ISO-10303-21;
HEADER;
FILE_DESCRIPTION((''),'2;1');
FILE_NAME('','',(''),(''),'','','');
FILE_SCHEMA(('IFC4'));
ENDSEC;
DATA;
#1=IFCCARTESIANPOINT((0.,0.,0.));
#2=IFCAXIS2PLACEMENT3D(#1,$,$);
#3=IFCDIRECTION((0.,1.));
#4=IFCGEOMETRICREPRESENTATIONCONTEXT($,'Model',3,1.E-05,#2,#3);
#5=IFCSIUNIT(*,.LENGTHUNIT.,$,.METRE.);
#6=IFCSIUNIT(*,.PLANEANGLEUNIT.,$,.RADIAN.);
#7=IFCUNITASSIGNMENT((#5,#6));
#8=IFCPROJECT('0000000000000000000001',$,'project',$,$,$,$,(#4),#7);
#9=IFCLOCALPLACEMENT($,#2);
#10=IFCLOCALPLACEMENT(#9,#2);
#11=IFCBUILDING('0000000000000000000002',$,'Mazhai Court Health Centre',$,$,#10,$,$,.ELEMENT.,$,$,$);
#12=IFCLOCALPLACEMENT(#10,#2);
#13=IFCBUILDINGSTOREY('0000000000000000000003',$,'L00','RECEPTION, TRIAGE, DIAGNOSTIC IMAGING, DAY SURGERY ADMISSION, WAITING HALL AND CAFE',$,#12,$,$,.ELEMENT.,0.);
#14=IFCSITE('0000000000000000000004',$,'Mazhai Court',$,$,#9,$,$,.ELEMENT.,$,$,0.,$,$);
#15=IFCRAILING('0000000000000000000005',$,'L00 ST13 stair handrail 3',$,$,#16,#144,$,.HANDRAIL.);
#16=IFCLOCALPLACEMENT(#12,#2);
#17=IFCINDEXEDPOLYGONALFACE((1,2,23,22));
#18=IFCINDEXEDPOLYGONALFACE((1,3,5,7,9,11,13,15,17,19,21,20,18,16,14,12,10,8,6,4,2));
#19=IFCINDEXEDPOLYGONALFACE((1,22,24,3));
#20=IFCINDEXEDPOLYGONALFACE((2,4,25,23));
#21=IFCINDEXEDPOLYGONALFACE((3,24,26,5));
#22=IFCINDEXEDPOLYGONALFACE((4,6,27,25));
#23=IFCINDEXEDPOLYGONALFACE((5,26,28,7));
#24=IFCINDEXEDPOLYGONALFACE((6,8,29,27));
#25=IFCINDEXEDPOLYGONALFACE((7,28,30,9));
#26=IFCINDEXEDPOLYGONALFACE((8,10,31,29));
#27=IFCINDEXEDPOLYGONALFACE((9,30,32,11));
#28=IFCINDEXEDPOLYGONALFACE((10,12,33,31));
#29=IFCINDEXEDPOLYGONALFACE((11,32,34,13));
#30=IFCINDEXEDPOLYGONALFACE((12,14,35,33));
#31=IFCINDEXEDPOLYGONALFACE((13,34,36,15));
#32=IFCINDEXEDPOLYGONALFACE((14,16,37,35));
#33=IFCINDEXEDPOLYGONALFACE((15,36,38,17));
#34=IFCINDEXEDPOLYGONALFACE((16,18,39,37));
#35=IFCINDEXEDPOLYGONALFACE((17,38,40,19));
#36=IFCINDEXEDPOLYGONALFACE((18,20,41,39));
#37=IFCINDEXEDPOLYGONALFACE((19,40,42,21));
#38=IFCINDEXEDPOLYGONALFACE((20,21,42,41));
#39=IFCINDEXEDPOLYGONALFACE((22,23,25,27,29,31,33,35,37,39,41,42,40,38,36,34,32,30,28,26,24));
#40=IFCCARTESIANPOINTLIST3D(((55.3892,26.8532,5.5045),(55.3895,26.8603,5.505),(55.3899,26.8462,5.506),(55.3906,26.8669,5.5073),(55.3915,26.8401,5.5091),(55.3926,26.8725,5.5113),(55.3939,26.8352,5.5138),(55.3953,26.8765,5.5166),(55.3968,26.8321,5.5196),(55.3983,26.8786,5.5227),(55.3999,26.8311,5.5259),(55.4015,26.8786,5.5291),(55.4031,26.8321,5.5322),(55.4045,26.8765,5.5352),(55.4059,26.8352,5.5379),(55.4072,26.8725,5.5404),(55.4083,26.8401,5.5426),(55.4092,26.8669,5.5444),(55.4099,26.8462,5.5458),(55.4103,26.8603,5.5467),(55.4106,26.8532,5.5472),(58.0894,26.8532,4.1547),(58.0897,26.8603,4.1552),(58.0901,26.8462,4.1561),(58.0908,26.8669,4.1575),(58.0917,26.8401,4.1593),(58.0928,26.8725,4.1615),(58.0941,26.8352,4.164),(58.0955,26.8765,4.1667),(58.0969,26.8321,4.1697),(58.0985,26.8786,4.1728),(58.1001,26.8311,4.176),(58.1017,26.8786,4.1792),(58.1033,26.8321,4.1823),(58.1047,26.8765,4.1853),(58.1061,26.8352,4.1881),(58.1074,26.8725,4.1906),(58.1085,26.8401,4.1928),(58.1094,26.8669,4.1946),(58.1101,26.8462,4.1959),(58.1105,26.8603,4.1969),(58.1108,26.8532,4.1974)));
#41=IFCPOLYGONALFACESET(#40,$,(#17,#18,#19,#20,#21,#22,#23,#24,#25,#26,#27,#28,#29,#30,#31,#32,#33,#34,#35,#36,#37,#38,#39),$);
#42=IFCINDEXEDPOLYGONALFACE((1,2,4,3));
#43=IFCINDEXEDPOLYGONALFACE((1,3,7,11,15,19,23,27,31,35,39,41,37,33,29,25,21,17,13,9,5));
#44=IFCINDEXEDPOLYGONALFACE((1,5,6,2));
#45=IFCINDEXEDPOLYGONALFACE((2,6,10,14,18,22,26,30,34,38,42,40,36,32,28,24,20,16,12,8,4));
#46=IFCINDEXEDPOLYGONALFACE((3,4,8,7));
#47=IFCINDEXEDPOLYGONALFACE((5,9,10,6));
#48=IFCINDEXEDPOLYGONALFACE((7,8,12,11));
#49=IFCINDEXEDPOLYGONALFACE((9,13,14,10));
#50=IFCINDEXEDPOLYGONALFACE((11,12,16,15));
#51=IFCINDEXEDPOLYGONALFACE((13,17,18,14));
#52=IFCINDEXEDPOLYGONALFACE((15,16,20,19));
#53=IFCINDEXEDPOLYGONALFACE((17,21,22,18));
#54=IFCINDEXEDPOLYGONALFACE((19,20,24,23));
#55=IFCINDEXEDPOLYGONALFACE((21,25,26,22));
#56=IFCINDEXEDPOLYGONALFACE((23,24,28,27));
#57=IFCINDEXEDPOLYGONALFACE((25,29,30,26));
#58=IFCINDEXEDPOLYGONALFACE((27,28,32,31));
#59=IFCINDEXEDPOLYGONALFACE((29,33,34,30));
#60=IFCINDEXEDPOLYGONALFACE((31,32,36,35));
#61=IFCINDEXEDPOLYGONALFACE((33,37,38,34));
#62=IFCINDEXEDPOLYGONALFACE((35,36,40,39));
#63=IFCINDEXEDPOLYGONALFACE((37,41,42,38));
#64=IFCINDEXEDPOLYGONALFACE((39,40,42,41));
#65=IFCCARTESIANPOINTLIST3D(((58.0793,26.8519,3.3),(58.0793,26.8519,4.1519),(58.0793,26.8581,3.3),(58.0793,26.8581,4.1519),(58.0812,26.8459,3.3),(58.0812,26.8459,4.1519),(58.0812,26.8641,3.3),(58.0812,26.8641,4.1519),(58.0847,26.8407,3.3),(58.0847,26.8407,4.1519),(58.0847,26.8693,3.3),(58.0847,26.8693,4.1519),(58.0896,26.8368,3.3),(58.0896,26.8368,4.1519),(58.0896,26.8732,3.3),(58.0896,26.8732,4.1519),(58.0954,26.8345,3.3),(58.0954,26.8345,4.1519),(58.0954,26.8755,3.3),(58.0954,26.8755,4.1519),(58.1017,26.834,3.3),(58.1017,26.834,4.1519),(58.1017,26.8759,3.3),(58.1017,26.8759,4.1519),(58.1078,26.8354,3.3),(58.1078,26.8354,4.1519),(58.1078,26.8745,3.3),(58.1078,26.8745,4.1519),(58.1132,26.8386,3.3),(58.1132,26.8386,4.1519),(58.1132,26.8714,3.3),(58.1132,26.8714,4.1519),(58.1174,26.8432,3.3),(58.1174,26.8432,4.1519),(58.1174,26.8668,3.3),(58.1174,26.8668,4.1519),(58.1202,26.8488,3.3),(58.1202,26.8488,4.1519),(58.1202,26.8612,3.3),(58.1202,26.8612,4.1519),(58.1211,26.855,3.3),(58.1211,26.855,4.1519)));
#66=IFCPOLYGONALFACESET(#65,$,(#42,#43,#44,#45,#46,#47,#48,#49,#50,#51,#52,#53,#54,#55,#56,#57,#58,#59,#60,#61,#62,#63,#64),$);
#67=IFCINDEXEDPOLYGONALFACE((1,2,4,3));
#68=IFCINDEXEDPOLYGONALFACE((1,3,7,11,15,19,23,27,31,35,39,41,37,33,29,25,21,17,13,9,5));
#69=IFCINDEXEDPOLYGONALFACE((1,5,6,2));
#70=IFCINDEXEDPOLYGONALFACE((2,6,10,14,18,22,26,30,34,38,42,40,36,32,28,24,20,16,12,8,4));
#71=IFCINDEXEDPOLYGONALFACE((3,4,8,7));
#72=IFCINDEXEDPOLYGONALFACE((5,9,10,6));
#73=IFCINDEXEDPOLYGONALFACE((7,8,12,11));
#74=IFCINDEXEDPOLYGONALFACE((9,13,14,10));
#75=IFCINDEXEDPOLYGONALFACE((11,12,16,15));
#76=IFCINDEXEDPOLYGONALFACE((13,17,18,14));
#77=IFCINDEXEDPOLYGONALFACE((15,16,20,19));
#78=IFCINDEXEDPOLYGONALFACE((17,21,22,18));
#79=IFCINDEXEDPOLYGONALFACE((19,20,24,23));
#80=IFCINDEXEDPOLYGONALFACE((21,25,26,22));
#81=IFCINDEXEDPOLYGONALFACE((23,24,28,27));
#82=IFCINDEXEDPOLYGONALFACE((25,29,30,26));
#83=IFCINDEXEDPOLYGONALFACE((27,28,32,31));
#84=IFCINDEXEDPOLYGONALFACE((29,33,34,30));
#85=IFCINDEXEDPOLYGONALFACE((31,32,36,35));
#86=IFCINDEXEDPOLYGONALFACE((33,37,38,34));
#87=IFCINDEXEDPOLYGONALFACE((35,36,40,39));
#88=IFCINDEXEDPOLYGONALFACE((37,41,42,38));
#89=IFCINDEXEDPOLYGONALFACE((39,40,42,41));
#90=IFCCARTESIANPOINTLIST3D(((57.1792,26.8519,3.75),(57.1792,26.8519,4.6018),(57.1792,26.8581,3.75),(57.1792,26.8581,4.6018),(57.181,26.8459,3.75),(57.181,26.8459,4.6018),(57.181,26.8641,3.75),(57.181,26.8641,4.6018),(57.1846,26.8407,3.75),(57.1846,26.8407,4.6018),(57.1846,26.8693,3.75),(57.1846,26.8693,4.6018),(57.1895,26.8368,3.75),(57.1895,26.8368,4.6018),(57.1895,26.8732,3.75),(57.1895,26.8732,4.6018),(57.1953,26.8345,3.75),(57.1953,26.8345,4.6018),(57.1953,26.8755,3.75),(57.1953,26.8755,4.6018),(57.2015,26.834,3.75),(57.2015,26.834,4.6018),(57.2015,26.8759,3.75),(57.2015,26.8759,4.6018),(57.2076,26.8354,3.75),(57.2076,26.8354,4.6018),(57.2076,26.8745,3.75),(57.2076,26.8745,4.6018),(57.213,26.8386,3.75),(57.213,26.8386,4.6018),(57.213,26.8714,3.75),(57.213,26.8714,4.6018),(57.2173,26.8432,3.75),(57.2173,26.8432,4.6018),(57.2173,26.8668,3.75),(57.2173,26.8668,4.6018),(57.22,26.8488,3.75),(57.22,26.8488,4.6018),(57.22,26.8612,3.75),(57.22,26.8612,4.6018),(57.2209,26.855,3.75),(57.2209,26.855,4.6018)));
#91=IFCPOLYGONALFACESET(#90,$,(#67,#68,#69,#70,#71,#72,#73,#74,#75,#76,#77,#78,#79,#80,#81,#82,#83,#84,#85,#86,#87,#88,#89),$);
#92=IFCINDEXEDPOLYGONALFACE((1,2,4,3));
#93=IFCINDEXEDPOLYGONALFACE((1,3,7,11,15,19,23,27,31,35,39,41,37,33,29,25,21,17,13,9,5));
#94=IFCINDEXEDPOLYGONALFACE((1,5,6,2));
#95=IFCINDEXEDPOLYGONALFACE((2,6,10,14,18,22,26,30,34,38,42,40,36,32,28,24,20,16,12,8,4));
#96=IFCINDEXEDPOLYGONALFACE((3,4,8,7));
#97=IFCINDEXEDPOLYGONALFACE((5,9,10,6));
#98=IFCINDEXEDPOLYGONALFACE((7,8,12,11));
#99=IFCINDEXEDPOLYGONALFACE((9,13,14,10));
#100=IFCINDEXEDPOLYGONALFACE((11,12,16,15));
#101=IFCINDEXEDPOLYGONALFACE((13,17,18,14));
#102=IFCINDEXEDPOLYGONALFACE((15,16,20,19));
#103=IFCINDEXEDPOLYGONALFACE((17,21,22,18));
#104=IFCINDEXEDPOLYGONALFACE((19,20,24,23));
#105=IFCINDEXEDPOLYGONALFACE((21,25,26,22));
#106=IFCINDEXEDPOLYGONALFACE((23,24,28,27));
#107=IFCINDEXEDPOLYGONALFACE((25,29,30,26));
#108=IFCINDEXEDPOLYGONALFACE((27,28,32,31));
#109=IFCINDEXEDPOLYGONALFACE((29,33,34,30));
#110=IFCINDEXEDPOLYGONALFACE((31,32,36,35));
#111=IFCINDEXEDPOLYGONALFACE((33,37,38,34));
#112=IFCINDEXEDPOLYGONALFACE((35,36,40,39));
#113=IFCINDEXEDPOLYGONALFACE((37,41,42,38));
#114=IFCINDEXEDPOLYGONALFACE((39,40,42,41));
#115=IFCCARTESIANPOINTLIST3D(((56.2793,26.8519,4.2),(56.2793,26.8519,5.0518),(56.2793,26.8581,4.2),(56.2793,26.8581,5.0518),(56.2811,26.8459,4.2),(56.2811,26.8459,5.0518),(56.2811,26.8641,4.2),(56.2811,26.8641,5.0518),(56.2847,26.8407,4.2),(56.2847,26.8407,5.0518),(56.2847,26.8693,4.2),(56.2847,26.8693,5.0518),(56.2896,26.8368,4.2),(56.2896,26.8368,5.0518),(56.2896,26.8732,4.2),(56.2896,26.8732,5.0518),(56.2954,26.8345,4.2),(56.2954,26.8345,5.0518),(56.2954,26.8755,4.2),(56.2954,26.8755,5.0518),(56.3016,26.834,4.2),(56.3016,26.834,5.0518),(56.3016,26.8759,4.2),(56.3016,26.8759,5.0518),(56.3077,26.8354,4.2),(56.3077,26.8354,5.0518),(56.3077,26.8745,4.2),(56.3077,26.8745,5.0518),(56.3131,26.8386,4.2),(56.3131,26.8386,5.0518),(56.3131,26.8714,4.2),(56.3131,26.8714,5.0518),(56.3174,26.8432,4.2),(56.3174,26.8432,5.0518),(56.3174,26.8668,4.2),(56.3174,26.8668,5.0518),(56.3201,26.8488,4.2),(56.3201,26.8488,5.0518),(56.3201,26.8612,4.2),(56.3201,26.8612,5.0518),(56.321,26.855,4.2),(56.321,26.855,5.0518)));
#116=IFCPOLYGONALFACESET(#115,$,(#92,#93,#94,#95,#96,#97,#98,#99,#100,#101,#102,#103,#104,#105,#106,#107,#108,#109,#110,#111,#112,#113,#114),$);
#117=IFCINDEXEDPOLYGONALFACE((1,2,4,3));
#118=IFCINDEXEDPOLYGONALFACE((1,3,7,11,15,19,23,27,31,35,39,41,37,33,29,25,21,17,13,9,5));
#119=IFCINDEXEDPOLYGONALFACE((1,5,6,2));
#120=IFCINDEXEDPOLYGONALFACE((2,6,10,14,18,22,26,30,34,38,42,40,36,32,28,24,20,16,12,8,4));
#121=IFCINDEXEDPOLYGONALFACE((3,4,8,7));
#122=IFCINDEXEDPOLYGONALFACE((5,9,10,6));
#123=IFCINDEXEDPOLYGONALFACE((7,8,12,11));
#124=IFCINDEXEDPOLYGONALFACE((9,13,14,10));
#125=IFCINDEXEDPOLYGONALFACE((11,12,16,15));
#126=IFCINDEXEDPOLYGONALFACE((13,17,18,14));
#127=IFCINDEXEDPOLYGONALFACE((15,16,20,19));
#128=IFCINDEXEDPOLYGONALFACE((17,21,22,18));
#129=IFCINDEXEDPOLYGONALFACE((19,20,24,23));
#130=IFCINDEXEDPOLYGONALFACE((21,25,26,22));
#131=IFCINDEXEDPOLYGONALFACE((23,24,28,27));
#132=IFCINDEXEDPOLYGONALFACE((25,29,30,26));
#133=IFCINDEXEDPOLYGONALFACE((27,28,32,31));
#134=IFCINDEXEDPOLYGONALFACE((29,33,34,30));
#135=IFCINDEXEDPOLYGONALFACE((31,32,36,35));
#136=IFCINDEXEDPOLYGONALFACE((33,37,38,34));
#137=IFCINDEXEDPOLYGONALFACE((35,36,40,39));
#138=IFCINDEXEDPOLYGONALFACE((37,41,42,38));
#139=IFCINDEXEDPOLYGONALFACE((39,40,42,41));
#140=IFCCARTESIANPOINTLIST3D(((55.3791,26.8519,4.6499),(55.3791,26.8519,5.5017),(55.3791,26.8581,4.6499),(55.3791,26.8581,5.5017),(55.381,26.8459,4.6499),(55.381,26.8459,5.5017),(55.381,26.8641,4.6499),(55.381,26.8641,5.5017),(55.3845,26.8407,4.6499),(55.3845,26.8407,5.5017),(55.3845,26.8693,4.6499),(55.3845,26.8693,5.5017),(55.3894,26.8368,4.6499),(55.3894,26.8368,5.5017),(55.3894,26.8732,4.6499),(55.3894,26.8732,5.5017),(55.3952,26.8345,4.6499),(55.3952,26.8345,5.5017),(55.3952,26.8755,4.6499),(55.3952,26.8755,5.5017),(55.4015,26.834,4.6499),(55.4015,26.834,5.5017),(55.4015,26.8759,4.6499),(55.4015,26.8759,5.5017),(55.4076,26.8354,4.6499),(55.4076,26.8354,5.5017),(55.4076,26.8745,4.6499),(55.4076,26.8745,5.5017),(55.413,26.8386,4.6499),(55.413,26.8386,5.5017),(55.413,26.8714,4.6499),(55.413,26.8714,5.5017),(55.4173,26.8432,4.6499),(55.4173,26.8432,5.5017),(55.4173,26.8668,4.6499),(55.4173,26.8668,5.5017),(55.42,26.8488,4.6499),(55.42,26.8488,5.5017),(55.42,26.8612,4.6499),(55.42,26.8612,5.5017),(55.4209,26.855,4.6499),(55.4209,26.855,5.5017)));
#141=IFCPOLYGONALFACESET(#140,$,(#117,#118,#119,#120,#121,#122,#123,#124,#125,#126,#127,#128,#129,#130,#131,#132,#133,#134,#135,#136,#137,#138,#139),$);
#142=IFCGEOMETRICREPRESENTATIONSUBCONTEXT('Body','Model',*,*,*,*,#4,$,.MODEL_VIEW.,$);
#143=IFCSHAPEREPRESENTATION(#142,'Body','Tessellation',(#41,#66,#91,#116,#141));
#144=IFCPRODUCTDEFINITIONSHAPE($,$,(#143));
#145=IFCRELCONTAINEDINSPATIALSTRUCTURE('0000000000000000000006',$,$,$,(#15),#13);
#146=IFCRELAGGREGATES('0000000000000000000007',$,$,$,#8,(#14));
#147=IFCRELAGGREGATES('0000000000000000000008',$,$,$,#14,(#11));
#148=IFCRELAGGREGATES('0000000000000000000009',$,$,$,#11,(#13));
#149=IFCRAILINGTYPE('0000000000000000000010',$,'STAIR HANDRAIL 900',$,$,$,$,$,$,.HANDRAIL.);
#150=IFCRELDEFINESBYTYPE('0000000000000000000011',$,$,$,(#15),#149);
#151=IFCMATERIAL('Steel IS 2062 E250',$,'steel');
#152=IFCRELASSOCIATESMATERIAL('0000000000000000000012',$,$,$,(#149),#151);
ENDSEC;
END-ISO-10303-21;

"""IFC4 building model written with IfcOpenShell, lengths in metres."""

from ifc_helpers import new_model, si_unit, direction, frame, origin, origin_2d, place, context, subcontext, project, spatial, circle, extrude, material, type_object, element, save


model = new_model("IFC4")

# Units and contexts
model_context = context("Model", 3, precision=1e-05, world=origin(), true_north=direction((0.0, 1.0)))
body_context = subcontext(model_context, "Body", "Model", "MODEL_VIEW")
ifc_project = project(units=[si_unit("LENGTHUNIT", "METRE"), si_unit("PLANEANGLEUNIT", "RADIAN")], contexts=[model_context])

# Site, building, storey
site_placement = place(None, origin())
site = spatial("IfcSite", under=ifc_project, at=site_placement, Name="Mazhai Court", CompositionType="ELEMENT", RefElevation=0.0)
building_placement = place(site_placement, origin())
building = spatial("IfcBuilding", under=site, at=building_placement, Name="Mazhai Court Health Centre", CompositionType="ELEMENT")
storey_placement = place(building_placement, origin())
storey = spatial("IfcBuildingStorey", under=building, at=storey_placement, Name="L00", Description="RECEPTION, TRIAGE, DIAGNOSTIC IMAGING, DAY SURGERY ADMISSION, WAITING HALL AND CAFE", CompositionType="ELEMENT", Elevation=0.0)

# Railing
ifc_material_1 = material(Name="Steel IS 2062 E250", Category="steel")
railing_type_1 = type_object("IfcRailingType", Name="STAIR HANDRAIL 900", PredefinedType="HANDRAIL", material=ifc_material_1)
railing_1_placement = place(storey_placement, frame((58.1001, 26.855, 3.3)))
element("IfcRailing", 1, at=railing_1_placement, inside=storey, type_object=railing_type_1, Name="L00 ST13 stair handrail 3", PredefinedType="HANDRAIL", context=body_context, shape_type="SweptSolid", body=[
    extrude(circle(Radius=0.0239, at=origin_2d()), frame((0.0, 0.0, 0.876), z_axis=(-0.89446, 0.0, 0.447149), x_axis=(0.0, -1.0, 0.0)), (0.0, 0.0, 1.0), 3.0188),
    extrude(circle(Radius=0.021, at=origin_2d()), origin(), (0.0, 0.0, 1.0), 0.8518),
    extrude(circle(Radius=0.021, at=origin_2d()), frame((-0.9001, 0.0, 0.45)), (0.0, 0.0, 1.0), 0.8518),
    extrude(circle(Radius=0.021, at=origin_2d()), frame((-1.8, 0.0, 0.8999)), (0.0, 0.0, 1.0), 0.8518),
    extrude(circle(Radius=0.021, at=origin_2d()), frame((-2.7002, 0.0, 1.3499)), (0.0, 0.0, 1.0), 0.8518),
])

save(model, "model.ifc")
